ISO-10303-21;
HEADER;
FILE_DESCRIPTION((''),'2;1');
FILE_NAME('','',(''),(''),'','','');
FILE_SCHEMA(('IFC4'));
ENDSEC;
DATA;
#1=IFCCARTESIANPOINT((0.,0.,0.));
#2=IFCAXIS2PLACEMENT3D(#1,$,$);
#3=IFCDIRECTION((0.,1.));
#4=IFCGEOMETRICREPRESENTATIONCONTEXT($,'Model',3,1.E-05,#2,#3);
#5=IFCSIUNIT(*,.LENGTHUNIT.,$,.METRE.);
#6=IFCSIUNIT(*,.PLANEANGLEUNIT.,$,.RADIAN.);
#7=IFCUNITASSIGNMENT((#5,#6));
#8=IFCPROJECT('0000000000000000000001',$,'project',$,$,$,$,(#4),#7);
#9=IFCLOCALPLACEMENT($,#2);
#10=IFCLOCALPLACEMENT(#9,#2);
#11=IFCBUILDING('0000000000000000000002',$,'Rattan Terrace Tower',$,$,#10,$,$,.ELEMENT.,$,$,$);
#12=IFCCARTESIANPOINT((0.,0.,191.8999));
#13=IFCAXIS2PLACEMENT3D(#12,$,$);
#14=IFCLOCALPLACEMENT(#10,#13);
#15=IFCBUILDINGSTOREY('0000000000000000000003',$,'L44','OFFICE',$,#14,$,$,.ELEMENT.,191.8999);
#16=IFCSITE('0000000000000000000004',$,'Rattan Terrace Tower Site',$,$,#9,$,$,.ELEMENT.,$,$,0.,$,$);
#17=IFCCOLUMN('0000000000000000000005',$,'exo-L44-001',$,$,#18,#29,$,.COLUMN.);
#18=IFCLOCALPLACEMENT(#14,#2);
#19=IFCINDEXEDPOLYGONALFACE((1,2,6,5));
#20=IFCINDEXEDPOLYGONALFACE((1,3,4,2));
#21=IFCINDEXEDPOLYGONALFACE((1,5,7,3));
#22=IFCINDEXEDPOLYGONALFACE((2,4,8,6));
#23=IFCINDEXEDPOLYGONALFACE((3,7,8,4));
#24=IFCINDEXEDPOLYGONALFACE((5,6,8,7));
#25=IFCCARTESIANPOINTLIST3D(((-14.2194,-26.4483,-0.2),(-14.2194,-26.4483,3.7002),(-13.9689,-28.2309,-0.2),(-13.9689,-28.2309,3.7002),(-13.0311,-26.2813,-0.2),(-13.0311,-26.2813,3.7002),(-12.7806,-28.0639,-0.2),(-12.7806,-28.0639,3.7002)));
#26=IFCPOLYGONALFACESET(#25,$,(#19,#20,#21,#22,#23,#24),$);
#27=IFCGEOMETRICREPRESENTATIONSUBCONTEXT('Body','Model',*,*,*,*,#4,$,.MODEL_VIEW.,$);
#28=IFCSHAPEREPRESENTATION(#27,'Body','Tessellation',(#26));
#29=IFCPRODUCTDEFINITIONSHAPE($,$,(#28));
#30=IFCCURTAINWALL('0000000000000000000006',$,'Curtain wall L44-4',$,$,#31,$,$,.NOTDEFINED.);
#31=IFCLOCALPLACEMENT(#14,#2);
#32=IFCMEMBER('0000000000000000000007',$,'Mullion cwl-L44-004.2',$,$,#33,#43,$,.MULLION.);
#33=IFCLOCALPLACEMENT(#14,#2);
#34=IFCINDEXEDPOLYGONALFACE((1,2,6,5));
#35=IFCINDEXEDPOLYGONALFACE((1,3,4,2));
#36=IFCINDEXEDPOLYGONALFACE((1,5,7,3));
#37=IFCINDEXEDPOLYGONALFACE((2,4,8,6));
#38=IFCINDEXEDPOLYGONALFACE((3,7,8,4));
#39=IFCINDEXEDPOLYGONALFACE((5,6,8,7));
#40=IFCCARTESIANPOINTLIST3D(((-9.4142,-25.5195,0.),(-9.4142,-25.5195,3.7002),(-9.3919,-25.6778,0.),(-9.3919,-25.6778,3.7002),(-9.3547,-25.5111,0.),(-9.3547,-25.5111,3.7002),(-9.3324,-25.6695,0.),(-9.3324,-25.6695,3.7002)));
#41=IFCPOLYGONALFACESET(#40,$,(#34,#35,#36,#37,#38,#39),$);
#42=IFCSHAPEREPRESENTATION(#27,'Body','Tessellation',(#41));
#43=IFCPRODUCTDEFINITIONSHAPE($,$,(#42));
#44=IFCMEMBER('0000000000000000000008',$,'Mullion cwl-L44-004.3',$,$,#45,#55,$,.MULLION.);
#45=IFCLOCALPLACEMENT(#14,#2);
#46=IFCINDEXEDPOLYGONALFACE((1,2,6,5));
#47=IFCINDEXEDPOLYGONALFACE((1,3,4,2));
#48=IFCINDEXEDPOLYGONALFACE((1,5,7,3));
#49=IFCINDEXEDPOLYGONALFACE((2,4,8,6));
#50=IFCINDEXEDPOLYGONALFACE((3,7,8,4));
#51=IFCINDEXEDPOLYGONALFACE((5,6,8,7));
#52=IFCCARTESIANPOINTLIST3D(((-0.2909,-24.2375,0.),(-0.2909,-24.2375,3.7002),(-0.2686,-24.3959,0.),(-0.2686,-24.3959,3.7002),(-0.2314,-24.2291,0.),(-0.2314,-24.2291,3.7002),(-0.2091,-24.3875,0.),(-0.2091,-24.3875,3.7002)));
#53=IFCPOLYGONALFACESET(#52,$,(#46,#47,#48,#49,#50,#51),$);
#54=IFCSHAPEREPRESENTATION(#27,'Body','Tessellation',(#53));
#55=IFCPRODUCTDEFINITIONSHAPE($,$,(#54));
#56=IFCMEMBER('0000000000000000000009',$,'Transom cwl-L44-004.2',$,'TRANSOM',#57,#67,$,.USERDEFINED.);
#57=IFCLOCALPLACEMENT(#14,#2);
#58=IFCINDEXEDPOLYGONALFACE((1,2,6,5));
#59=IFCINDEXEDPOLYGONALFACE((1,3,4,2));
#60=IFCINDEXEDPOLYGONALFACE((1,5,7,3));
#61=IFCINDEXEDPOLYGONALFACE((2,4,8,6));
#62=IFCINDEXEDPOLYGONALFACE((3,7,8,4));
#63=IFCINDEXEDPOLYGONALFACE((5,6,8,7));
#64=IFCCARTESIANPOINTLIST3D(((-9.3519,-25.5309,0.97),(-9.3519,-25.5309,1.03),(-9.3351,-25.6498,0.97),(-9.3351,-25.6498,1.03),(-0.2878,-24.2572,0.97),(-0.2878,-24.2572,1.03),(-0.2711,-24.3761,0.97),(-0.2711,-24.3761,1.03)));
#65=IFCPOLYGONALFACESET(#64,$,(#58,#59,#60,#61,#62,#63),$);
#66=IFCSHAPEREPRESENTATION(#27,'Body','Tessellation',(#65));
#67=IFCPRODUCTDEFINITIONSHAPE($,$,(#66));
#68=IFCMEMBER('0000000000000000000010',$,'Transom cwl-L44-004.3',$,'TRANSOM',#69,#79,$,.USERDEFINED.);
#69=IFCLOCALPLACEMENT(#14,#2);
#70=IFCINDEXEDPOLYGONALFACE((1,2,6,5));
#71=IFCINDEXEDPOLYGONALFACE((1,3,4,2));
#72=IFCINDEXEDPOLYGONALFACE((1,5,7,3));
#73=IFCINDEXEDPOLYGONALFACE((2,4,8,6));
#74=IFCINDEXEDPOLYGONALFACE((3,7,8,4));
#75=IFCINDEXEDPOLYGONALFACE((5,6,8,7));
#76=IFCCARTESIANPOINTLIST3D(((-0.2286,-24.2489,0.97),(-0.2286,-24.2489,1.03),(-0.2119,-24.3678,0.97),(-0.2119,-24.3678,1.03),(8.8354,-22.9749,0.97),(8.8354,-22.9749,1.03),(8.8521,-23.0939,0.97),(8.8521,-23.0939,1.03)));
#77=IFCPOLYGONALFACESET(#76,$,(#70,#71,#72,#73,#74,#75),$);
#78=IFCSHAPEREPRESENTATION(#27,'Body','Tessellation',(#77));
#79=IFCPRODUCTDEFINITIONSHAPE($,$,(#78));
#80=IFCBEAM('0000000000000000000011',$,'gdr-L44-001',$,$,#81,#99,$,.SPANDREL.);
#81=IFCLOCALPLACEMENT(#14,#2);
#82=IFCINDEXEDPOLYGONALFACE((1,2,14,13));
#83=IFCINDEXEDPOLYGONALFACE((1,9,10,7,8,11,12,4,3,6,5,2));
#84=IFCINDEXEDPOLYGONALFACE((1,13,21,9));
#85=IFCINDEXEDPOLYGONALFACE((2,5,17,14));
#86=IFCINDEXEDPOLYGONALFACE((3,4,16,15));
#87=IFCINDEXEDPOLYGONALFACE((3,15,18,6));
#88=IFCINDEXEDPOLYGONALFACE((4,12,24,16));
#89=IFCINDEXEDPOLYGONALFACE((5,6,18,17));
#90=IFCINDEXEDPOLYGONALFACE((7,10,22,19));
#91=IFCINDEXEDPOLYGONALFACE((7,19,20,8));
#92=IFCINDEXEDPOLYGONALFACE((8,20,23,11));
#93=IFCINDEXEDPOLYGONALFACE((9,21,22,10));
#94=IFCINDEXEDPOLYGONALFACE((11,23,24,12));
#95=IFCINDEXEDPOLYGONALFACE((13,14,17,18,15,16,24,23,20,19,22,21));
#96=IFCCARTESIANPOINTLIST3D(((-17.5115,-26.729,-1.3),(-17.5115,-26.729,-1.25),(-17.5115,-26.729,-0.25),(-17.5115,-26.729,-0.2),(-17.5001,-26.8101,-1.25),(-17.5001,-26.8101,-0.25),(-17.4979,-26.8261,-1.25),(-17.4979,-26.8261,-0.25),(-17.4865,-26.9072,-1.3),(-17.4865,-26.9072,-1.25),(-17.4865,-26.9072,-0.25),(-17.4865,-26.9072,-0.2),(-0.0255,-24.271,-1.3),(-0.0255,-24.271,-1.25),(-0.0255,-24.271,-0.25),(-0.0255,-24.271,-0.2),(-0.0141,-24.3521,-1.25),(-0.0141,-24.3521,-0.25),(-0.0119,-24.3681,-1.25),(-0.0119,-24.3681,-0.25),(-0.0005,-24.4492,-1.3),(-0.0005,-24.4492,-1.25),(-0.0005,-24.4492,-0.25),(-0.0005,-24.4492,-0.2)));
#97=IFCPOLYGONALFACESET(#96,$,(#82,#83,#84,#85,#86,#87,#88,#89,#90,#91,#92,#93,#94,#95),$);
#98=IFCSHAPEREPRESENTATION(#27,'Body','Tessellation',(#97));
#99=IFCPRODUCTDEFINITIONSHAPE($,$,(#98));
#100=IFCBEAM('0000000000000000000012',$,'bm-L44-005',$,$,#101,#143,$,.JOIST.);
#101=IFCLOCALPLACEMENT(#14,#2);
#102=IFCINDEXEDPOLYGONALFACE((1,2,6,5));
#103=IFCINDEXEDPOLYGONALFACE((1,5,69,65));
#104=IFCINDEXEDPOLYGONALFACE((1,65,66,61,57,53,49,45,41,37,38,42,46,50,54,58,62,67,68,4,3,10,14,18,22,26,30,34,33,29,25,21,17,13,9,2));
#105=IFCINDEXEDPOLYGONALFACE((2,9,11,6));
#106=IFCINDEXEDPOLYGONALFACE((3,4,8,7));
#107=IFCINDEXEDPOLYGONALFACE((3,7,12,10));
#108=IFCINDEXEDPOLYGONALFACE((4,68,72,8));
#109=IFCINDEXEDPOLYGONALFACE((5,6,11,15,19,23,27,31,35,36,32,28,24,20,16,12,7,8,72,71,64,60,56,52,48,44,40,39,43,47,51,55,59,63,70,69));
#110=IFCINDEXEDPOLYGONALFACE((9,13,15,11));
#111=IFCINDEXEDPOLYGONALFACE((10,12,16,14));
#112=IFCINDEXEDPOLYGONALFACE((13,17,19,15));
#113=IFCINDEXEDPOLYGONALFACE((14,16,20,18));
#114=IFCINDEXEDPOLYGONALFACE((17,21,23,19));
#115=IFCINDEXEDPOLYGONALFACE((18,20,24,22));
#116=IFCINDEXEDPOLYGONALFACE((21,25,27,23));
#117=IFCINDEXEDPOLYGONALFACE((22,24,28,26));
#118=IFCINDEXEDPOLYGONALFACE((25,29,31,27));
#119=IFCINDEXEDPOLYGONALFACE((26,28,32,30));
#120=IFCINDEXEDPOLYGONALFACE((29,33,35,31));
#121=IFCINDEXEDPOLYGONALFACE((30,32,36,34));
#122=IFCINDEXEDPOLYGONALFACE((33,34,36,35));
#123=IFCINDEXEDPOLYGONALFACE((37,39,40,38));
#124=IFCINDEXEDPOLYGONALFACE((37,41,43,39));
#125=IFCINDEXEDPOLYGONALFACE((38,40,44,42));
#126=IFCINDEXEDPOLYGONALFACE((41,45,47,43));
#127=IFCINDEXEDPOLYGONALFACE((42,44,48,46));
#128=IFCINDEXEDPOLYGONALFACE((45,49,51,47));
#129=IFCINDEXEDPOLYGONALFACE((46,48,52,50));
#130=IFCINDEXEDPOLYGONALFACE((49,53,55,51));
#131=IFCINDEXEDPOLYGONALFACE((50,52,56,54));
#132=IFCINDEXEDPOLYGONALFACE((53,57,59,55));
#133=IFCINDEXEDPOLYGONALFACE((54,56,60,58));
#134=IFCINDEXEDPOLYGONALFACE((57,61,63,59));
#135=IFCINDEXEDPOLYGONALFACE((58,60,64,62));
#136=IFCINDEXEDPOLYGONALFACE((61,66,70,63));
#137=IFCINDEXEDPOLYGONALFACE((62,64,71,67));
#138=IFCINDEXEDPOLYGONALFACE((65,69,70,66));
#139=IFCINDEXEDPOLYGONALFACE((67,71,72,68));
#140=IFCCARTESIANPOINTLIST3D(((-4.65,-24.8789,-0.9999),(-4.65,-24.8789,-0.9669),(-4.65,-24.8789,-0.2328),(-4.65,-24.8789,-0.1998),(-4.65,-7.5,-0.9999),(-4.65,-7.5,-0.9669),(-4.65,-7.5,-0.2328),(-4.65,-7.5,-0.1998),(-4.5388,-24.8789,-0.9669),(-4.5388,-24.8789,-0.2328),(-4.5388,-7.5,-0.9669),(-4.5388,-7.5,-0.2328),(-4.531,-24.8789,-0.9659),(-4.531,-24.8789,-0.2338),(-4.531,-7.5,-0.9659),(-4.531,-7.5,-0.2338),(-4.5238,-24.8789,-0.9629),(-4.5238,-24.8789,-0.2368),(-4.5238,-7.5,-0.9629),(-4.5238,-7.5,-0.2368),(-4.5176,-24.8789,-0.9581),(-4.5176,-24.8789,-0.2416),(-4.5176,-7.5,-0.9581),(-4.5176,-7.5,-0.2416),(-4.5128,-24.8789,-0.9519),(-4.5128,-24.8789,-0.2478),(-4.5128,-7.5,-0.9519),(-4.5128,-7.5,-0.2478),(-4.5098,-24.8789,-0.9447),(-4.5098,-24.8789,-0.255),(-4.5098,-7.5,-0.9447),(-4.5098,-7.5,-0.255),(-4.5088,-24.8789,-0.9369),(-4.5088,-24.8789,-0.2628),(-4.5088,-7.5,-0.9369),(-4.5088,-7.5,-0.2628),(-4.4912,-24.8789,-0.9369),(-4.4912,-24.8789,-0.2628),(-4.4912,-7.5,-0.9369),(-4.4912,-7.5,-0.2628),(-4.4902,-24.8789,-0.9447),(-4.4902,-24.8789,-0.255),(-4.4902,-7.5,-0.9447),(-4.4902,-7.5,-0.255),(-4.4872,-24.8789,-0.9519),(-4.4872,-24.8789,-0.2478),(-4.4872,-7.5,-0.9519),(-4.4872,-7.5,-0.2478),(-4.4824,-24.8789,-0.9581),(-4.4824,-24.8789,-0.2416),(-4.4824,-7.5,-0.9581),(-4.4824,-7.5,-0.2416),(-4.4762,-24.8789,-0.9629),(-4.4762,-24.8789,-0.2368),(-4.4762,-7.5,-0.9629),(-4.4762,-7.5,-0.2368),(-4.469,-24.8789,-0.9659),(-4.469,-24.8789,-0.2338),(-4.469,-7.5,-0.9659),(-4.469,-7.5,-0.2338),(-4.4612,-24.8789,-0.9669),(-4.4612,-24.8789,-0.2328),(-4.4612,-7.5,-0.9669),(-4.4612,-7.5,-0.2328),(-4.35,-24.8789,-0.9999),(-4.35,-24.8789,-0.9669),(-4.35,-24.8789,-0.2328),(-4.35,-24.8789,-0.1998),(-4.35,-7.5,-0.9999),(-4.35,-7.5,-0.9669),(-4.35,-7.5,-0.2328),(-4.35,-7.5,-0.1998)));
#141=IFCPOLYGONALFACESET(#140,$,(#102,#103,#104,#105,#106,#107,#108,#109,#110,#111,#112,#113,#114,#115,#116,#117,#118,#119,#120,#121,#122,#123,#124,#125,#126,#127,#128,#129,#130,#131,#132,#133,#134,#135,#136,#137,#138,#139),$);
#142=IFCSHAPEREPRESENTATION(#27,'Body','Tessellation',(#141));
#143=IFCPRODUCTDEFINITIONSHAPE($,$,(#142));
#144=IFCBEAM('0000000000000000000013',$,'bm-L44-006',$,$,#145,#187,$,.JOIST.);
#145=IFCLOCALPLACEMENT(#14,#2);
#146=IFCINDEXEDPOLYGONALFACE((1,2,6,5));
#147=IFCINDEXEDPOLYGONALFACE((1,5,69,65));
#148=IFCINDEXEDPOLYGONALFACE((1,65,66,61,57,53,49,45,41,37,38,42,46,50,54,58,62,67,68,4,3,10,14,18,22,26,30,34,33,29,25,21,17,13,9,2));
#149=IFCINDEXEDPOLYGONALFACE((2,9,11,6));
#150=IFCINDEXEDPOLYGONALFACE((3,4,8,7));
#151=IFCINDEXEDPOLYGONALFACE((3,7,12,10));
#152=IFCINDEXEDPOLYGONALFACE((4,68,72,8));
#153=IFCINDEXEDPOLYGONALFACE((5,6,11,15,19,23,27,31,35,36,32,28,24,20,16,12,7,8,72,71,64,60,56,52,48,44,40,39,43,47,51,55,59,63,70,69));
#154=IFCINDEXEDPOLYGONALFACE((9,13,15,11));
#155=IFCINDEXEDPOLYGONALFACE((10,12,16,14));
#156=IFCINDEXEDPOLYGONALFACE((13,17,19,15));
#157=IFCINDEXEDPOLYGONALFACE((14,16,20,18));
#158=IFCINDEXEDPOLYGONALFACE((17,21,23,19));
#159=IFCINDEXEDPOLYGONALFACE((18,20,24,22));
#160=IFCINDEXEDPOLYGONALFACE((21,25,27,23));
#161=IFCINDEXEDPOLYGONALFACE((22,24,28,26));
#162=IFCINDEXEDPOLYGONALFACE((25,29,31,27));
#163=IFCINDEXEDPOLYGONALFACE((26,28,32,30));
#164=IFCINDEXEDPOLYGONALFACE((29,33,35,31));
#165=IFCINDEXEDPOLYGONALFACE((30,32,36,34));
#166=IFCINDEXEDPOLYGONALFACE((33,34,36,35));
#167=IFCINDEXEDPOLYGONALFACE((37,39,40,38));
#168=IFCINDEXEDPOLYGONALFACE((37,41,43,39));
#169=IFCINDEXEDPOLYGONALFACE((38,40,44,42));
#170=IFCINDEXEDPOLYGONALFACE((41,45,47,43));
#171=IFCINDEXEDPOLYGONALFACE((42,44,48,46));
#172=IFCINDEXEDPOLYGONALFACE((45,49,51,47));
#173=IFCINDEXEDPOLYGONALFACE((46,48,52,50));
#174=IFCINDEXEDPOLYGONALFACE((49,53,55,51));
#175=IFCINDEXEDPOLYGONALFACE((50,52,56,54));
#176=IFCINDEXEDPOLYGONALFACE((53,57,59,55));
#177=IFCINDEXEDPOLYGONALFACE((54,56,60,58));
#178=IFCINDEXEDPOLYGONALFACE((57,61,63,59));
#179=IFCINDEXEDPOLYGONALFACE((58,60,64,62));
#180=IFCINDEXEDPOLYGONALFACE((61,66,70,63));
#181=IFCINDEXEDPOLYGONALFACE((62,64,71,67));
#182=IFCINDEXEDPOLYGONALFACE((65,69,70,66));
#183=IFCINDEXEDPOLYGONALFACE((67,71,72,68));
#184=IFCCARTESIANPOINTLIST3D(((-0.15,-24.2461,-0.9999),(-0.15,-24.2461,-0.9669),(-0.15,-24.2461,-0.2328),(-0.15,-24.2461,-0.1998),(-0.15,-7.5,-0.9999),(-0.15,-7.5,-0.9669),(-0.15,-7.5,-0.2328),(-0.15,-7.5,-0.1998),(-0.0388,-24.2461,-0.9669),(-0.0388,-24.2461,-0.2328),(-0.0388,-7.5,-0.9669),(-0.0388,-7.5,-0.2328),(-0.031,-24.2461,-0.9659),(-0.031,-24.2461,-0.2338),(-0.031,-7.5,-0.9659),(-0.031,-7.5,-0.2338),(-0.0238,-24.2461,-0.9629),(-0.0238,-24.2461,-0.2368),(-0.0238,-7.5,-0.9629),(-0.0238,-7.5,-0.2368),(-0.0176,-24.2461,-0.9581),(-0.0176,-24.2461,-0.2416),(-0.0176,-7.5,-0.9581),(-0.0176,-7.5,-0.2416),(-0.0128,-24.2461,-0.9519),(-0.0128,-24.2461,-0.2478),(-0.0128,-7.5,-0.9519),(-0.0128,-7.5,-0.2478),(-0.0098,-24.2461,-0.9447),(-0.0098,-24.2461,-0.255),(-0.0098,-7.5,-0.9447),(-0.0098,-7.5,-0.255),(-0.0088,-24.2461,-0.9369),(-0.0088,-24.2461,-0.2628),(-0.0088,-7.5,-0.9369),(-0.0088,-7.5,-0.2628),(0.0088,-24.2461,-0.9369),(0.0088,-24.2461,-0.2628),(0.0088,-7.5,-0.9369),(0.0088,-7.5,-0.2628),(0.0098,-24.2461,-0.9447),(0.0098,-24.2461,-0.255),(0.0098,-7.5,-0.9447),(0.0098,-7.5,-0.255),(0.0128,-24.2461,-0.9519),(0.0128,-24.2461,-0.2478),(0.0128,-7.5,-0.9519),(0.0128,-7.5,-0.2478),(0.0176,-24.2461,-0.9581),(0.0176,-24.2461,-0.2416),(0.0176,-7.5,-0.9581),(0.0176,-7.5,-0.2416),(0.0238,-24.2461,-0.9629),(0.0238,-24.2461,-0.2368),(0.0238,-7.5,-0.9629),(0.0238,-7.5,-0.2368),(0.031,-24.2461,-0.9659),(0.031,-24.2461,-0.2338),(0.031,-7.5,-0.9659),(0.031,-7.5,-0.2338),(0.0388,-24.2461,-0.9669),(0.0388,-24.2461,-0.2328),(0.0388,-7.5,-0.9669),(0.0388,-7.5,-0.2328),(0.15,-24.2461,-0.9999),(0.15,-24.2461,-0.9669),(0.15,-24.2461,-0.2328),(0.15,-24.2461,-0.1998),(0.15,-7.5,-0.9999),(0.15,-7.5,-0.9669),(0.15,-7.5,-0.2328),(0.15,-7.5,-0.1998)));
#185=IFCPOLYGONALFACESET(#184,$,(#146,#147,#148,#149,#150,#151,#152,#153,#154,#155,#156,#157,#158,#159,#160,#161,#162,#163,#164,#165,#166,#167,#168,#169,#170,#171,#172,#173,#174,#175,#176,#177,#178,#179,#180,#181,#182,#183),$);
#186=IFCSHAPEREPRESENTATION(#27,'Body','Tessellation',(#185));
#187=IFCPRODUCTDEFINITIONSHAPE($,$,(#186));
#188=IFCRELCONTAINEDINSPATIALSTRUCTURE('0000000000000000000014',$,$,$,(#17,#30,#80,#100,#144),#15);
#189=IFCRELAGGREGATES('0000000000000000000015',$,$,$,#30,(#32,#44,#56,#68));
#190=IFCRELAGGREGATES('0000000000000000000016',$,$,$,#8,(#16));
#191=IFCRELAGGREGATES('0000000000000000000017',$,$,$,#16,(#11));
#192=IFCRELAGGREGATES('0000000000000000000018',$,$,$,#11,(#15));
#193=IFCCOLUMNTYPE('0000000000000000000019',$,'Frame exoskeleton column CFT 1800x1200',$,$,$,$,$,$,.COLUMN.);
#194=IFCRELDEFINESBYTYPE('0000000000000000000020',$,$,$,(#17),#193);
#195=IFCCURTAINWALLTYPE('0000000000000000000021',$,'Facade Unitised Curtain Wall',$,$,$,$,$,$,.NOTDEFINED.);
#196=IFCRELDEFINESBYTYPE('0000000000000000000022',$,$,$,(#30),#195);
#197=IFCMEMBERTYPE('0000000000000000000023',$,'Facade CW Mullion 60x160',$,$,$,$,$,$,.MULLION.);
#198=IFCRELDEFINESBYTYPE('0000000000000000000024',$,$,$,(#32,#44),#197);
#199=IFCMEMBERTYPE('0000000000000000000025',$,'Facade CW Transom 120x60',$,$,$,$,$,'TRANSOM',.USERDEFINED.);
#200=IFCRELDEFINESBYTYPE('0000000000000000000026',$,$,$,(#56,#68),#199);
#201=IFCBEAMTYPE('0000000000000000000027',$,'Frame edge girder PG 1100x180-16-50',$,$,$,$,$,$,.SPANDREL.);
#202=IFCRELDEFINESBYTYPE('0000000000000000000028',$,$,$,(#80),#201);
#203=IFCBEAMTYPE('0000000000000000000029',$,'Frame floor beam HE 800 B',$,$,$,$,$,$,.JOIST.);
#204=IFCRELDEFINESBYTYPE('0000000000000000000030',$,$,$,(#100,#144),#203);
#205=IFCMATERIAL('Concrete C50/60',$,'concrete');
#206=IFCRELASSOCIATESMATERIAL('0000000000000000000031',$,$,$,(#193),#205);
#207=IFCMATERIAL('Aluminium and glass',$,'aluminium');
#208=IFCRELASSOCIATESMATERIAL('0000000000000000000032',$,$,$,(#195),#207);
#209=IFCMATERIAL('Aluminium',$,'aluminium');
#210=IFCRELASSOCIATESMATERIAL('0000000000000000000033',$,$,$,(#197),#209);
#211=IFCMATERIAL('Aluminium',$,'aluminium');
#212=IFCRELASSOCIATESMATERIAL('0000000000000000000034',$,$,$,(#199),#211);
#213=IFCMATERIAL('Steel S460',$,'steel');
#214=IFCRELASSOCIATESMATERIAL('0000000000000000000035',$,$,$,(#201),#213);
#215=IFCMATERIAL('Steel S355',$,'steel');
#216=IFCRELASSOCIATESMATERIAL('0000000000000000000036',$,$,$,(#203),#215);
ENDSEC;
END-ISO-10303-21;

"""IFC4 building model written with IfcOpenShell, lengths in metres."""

from ifc_helpers import new_model, si_unit, direction, frame, origin, origin_2d, place, context, subcontext, project, spatial, rectangle, i_section, extrude, material, material_profile, profile_set, type_object, element, aggregate, save


model = new_model("IFC4")

# Units and contexts
model_context = context("Model", 3, precision=1e-05, world=origin(), true_north=direction((0.0, 1.0)))
body_context = subcontext(model_context, "Body", "Model", "MODEL_VIEW")
ifc_project = project(units=[si_unit("LENGTHUNIT", "METRE"), si_unit("PLANEANGLEUNIT", "RADIAN")], contexts=[model_context])

# Site, building, storey
site_placement = place(None, origin())
site = spatial("IfcSite", under=ifc_project, at=site_placement, Name="Rattan Terrace Tower Site", CompositionType="ELEMENT", RefElevation=0.0)
building_placement = place(site_placement, origin())
building = spatial("IfcBuilding", under=site, at=building_placement, Name="Rattan Terrace Tower", CompositionType="ELEMENT")
storey_placement = place(building_placement, frame((0.0, 0.0, 191.8999)))
storey = spatial("IfcBuildingStorey", under=building, at=storey_placement, Name="L44", Description="OFFICE", CompositionType="ELEMENT", Elevation=191.8999)

# Column
ifc_material_1 = material(Name="Concrete C50/60", Category="concrete")
ifc_material_profile_1 = material_profile(ifc_material_1, rectangle(XDim=1.2, YDim=1.8, at=origin_2d()), Name="CFT 1800x1200")
ifc_profile_set_1 = profile_set([ifc_material_profile_1], Name="Concrete C50/60")
column_type = type_object("IfcColumnType", Name="Frame exoskeleton column CFT 1800x1200", PredefinedType="COLUMN", material=ifc_profile_set_1)
column_placement = place(storey_placement, frame((-13.5, -27.2561, -0.2), z_axis=(0.0, 0.0, 1.0), x_axis=(0.99027, 0.139156, 0.0)))
element("IfcColumn", 1, at=column_placement, inside=storey, type_object=column_type, Name="exo-L44-001", PredefinedType="COLUMN", context=body_context, shape_type="SweptSolid", body=[
    extrude(rectangle(XDim=1.2, YDim=1.8, at=origin_2d()), origin(), (0.0, 0.0, 1.0), 3.9001),
])

# Curtain wall, members
ifc_material_2 = material(Name="Aluminium and glass", Category="aluminium")
curtain_wall_type = type_object("IfcCurtainWallType", Name="Facade Unitised Curtain Wall", PredefinedType="NOTDEFINED", material=ifc_material_2)
curtain_wall_placement = place(storey_placement, origin())
curtain_wall = element("IfcCurtainWall", 2, at=curtain_wall_placement, inside=storey, type_object=curtain_wall_type, Name="Curtain wall L44-4", PredefinedType="NOTDEFINED")
ifc_material_3 = material(Name="Aluminium", Category="aluminium")
ifc_material_profile_2 = material_profile(ifc_material_3, rectangle(XDim=0.0601, YDim=0.1599, at=origin_2d()), Name="Aluminium 60x160")
ifc_profile_set_2 = profile_set([ifc_material_profile_2], Name="Aluminium")
member_type_1 = type_object("IfcMemberType", Name="Facade CW Mullion 60x160", PredefinedType="MULLION", material=ifc_profile_set_2)
member_1_placement = place(storey_placement, frame((-9.3733, -25.5945, 0.0), z_axis=(0.0, 0.0, 1.0), x_axis=(0.99027, 0.139161, 0.0)))
member_1 = element("IfcMember", 3, at=member_1_placement, type_object=member_type_1, Name="Mullion cwl-L44-004.2", PredefinedType="MULLION", context=body_context, shape_type="SweptSolid", body=[
    extrude(rectangle(XDim=0.0601, YDim=0.1599, at=origin_2d()), origin(), (0.0, 0.0, 1.0), 3.7002),
])
member_2_placement = place(storey_placement, frame((-0.25, -24.3125, 0.0), z_axis=(0.0, 0.0, 1.0), x_axis=(0.99027, 0.139161, 0.0)))
member_2 = element("IfcMember", 4, at=member_2_placement, type_object=member_type_1, Name="Mullion cwl-L44-004.3", PredefinedType="MULLION", context=body_context, shape_type="SweptSolid", body=[
    extrude(rectangle(XDim=0.0601, YDim=0.1599, at=origin_2d()), origin(), (0.0, 0.0, 1.0), 3.7002),
])
ifc_material_4 = material(Name="Aluminium", Category="aluminium")
ifc_material_profile_3 = material_profile(ifc_material_4, rectangle(XDim=0.1201, YDim=0.0601, at=origin_2d()), Name="Aluminium 120x60")
ifc_profile_set_3 = profile_set([ifc_material_profile_3], Name="Aluminium")
member_type_2 = type_object("IfcMemberType", Name="Facade CW Transom 120x60", ElementType="TRANSOM", PredefinedType="USERDEFINED", material=ifc_profile_set_3)
member_3_placement = place(storey_placement, frame((-9.3435, -25.5903, 1.0), z_axis=(0.990271, 0.139154, 0.0), x_axis=(-0.139154, 0.990271, 0.0)))
member_3 = element("IfcMember", 5, at=member_3_placement, type_object=member_type_2, Name="Transom cwl-L44-004.2", ObjectType="TRANSOM", PredefinedType="USERDEFINED", context=body_context, shape_type="SweptSolid", body=[
    extrude(rectangle(XDim=0.1201, YDim=0.0601, at=origin_2d()), origin(), (0.0, 0.0, 1.0), 9.1531),
])
member_4_placement = place(storey_placement, frame((-0.2202, -24.3083, 1.0), z_axis=(0.990267, 0.13918, 0.0), x_axis=(-0.13918, 0.990267, 0.0)))
member_4 = element("IfcMember", 6, at=member_4_placement, type_object=member_type_2, Name="Transom cwl-L44-004.3", ObjectType="TRANSOM", PredefinedType="USERDEFINED", context=body_context, shape_type="SweptSolid", body=[
    extrude(rectangle(XDim=0.1201, YDim=0.0601, at=origin_2d()), origin(), (0.0, 0.0, 1.0), 9.1531),
])

# Beams
ifc_material_5 = material(Name="Steel S460", Category="steel")
ifc_material_profile_4 = material_profile(ifc_material_5, i_section(OverallWidth=0.1799, OverallDepth=1.1001, WebThickness=0.0161, FlangeThickness=0.05, at=origin_2d()), Name="PG 1100x180-16-50")
ifc_profile_set_4 = profile_set([ifc_material_profile_4], Name="Steel S460")
beam_type_1 = type_object("IfcBeamType", Name="Frame edge girder PG 1100x180-16-50", PredefinedType="SPANDREL", material=ifc_profile_set_4)
beam_1_placement = place(storey_placement, frame((-17.499, -26.8181, -0.75), z_axis=(0.990264, 0.139201, 0.0), x_axis=(-0.139201, 0.990264, 0.0)))
element("IfcBeam", 7, at=beam_1_placement, inside=storey, type_object=beam_type_1, Name="gdr-L44-001", PredefinedType="SPANDREL", context=body_context, shape_type="SweptSolid", body=[
    extrude(i_section(OverallWidth=0.1799, OverallDepth=1.1001, WebThickness=0.0161, FlangeThickness=0.05, at=origin_2d()), origin(), (0.0, 0.0, 1.0), 17.658),
])
ifc_material_6 = material(Name="Steel S355", Category="steel")
ifc_material_profile_5 = material_profile(ifc_material_6, i_section(OverallWidth=0.3, OverallDepth=0.8, WebThickness=0.0176, FlangeThickness=0.033, FilletRadius=0.03, at=origin_2d()), Name="HE 800 B")
ifc_profile_set_5 = profile_set([ifc_material_profile_5], Name="Steel S355")
beam_type_2 = type_object("IfcBeamType", Name="Frame floor beam HE 800 B", PredefinedType="JOIST", material=ifc_profile_set_5)
beam_2_placement = place(storey_placement, frame((-4.5, -24.8789, -0.5999), z_axis=(0.0, 1.0, 0.0), x_axis=(-1.0, 0.0, 0.0)))
element("IfcBeam", 8, at=beam_2_placement, inside=storey, type_object=beam_type_2, Name="bm-L44-005", PredefinedType="JOIST", context=body_context, shape_type="SweptSolid", body=[
    extrude(i_section(OverallWidth=0.3, OverallDepth=0.8, WebThickness=0.0176, FlangeThickness=0.033, FilletRadius=0.03, at=origin_2d()), origin(), (0.0, 0.0, 1.0), 17.3789),
])
beam_3_placement = place(storey_placement, frame((0.0, -24.2461, -0.5999), z_axis=(0.0, 1.0, 0.0), x_axis=(-1.0, 0.0, 0.0)))
element("IfcBeam", 9, at=beam_3_placement, inside=storey, type_object=beam_type_2, Name="bm-L44-006", PredefinedType="JOIST", context=body_context, shape_type="SweptSolid", body=[
    extrude(i_section(OverallWidth=0.3, OverallDepth=0.8, WebThickness=0.0176, FlangeThickness=0.033, FilletRadius=0.03, at=origin_2d()), origin(), (0.0, 0.0, 1.0), 16.7461),
])

aggregate(curtain_wall, [member_1, member_2, member_3, member_4])

save(model, "model.ifc")
